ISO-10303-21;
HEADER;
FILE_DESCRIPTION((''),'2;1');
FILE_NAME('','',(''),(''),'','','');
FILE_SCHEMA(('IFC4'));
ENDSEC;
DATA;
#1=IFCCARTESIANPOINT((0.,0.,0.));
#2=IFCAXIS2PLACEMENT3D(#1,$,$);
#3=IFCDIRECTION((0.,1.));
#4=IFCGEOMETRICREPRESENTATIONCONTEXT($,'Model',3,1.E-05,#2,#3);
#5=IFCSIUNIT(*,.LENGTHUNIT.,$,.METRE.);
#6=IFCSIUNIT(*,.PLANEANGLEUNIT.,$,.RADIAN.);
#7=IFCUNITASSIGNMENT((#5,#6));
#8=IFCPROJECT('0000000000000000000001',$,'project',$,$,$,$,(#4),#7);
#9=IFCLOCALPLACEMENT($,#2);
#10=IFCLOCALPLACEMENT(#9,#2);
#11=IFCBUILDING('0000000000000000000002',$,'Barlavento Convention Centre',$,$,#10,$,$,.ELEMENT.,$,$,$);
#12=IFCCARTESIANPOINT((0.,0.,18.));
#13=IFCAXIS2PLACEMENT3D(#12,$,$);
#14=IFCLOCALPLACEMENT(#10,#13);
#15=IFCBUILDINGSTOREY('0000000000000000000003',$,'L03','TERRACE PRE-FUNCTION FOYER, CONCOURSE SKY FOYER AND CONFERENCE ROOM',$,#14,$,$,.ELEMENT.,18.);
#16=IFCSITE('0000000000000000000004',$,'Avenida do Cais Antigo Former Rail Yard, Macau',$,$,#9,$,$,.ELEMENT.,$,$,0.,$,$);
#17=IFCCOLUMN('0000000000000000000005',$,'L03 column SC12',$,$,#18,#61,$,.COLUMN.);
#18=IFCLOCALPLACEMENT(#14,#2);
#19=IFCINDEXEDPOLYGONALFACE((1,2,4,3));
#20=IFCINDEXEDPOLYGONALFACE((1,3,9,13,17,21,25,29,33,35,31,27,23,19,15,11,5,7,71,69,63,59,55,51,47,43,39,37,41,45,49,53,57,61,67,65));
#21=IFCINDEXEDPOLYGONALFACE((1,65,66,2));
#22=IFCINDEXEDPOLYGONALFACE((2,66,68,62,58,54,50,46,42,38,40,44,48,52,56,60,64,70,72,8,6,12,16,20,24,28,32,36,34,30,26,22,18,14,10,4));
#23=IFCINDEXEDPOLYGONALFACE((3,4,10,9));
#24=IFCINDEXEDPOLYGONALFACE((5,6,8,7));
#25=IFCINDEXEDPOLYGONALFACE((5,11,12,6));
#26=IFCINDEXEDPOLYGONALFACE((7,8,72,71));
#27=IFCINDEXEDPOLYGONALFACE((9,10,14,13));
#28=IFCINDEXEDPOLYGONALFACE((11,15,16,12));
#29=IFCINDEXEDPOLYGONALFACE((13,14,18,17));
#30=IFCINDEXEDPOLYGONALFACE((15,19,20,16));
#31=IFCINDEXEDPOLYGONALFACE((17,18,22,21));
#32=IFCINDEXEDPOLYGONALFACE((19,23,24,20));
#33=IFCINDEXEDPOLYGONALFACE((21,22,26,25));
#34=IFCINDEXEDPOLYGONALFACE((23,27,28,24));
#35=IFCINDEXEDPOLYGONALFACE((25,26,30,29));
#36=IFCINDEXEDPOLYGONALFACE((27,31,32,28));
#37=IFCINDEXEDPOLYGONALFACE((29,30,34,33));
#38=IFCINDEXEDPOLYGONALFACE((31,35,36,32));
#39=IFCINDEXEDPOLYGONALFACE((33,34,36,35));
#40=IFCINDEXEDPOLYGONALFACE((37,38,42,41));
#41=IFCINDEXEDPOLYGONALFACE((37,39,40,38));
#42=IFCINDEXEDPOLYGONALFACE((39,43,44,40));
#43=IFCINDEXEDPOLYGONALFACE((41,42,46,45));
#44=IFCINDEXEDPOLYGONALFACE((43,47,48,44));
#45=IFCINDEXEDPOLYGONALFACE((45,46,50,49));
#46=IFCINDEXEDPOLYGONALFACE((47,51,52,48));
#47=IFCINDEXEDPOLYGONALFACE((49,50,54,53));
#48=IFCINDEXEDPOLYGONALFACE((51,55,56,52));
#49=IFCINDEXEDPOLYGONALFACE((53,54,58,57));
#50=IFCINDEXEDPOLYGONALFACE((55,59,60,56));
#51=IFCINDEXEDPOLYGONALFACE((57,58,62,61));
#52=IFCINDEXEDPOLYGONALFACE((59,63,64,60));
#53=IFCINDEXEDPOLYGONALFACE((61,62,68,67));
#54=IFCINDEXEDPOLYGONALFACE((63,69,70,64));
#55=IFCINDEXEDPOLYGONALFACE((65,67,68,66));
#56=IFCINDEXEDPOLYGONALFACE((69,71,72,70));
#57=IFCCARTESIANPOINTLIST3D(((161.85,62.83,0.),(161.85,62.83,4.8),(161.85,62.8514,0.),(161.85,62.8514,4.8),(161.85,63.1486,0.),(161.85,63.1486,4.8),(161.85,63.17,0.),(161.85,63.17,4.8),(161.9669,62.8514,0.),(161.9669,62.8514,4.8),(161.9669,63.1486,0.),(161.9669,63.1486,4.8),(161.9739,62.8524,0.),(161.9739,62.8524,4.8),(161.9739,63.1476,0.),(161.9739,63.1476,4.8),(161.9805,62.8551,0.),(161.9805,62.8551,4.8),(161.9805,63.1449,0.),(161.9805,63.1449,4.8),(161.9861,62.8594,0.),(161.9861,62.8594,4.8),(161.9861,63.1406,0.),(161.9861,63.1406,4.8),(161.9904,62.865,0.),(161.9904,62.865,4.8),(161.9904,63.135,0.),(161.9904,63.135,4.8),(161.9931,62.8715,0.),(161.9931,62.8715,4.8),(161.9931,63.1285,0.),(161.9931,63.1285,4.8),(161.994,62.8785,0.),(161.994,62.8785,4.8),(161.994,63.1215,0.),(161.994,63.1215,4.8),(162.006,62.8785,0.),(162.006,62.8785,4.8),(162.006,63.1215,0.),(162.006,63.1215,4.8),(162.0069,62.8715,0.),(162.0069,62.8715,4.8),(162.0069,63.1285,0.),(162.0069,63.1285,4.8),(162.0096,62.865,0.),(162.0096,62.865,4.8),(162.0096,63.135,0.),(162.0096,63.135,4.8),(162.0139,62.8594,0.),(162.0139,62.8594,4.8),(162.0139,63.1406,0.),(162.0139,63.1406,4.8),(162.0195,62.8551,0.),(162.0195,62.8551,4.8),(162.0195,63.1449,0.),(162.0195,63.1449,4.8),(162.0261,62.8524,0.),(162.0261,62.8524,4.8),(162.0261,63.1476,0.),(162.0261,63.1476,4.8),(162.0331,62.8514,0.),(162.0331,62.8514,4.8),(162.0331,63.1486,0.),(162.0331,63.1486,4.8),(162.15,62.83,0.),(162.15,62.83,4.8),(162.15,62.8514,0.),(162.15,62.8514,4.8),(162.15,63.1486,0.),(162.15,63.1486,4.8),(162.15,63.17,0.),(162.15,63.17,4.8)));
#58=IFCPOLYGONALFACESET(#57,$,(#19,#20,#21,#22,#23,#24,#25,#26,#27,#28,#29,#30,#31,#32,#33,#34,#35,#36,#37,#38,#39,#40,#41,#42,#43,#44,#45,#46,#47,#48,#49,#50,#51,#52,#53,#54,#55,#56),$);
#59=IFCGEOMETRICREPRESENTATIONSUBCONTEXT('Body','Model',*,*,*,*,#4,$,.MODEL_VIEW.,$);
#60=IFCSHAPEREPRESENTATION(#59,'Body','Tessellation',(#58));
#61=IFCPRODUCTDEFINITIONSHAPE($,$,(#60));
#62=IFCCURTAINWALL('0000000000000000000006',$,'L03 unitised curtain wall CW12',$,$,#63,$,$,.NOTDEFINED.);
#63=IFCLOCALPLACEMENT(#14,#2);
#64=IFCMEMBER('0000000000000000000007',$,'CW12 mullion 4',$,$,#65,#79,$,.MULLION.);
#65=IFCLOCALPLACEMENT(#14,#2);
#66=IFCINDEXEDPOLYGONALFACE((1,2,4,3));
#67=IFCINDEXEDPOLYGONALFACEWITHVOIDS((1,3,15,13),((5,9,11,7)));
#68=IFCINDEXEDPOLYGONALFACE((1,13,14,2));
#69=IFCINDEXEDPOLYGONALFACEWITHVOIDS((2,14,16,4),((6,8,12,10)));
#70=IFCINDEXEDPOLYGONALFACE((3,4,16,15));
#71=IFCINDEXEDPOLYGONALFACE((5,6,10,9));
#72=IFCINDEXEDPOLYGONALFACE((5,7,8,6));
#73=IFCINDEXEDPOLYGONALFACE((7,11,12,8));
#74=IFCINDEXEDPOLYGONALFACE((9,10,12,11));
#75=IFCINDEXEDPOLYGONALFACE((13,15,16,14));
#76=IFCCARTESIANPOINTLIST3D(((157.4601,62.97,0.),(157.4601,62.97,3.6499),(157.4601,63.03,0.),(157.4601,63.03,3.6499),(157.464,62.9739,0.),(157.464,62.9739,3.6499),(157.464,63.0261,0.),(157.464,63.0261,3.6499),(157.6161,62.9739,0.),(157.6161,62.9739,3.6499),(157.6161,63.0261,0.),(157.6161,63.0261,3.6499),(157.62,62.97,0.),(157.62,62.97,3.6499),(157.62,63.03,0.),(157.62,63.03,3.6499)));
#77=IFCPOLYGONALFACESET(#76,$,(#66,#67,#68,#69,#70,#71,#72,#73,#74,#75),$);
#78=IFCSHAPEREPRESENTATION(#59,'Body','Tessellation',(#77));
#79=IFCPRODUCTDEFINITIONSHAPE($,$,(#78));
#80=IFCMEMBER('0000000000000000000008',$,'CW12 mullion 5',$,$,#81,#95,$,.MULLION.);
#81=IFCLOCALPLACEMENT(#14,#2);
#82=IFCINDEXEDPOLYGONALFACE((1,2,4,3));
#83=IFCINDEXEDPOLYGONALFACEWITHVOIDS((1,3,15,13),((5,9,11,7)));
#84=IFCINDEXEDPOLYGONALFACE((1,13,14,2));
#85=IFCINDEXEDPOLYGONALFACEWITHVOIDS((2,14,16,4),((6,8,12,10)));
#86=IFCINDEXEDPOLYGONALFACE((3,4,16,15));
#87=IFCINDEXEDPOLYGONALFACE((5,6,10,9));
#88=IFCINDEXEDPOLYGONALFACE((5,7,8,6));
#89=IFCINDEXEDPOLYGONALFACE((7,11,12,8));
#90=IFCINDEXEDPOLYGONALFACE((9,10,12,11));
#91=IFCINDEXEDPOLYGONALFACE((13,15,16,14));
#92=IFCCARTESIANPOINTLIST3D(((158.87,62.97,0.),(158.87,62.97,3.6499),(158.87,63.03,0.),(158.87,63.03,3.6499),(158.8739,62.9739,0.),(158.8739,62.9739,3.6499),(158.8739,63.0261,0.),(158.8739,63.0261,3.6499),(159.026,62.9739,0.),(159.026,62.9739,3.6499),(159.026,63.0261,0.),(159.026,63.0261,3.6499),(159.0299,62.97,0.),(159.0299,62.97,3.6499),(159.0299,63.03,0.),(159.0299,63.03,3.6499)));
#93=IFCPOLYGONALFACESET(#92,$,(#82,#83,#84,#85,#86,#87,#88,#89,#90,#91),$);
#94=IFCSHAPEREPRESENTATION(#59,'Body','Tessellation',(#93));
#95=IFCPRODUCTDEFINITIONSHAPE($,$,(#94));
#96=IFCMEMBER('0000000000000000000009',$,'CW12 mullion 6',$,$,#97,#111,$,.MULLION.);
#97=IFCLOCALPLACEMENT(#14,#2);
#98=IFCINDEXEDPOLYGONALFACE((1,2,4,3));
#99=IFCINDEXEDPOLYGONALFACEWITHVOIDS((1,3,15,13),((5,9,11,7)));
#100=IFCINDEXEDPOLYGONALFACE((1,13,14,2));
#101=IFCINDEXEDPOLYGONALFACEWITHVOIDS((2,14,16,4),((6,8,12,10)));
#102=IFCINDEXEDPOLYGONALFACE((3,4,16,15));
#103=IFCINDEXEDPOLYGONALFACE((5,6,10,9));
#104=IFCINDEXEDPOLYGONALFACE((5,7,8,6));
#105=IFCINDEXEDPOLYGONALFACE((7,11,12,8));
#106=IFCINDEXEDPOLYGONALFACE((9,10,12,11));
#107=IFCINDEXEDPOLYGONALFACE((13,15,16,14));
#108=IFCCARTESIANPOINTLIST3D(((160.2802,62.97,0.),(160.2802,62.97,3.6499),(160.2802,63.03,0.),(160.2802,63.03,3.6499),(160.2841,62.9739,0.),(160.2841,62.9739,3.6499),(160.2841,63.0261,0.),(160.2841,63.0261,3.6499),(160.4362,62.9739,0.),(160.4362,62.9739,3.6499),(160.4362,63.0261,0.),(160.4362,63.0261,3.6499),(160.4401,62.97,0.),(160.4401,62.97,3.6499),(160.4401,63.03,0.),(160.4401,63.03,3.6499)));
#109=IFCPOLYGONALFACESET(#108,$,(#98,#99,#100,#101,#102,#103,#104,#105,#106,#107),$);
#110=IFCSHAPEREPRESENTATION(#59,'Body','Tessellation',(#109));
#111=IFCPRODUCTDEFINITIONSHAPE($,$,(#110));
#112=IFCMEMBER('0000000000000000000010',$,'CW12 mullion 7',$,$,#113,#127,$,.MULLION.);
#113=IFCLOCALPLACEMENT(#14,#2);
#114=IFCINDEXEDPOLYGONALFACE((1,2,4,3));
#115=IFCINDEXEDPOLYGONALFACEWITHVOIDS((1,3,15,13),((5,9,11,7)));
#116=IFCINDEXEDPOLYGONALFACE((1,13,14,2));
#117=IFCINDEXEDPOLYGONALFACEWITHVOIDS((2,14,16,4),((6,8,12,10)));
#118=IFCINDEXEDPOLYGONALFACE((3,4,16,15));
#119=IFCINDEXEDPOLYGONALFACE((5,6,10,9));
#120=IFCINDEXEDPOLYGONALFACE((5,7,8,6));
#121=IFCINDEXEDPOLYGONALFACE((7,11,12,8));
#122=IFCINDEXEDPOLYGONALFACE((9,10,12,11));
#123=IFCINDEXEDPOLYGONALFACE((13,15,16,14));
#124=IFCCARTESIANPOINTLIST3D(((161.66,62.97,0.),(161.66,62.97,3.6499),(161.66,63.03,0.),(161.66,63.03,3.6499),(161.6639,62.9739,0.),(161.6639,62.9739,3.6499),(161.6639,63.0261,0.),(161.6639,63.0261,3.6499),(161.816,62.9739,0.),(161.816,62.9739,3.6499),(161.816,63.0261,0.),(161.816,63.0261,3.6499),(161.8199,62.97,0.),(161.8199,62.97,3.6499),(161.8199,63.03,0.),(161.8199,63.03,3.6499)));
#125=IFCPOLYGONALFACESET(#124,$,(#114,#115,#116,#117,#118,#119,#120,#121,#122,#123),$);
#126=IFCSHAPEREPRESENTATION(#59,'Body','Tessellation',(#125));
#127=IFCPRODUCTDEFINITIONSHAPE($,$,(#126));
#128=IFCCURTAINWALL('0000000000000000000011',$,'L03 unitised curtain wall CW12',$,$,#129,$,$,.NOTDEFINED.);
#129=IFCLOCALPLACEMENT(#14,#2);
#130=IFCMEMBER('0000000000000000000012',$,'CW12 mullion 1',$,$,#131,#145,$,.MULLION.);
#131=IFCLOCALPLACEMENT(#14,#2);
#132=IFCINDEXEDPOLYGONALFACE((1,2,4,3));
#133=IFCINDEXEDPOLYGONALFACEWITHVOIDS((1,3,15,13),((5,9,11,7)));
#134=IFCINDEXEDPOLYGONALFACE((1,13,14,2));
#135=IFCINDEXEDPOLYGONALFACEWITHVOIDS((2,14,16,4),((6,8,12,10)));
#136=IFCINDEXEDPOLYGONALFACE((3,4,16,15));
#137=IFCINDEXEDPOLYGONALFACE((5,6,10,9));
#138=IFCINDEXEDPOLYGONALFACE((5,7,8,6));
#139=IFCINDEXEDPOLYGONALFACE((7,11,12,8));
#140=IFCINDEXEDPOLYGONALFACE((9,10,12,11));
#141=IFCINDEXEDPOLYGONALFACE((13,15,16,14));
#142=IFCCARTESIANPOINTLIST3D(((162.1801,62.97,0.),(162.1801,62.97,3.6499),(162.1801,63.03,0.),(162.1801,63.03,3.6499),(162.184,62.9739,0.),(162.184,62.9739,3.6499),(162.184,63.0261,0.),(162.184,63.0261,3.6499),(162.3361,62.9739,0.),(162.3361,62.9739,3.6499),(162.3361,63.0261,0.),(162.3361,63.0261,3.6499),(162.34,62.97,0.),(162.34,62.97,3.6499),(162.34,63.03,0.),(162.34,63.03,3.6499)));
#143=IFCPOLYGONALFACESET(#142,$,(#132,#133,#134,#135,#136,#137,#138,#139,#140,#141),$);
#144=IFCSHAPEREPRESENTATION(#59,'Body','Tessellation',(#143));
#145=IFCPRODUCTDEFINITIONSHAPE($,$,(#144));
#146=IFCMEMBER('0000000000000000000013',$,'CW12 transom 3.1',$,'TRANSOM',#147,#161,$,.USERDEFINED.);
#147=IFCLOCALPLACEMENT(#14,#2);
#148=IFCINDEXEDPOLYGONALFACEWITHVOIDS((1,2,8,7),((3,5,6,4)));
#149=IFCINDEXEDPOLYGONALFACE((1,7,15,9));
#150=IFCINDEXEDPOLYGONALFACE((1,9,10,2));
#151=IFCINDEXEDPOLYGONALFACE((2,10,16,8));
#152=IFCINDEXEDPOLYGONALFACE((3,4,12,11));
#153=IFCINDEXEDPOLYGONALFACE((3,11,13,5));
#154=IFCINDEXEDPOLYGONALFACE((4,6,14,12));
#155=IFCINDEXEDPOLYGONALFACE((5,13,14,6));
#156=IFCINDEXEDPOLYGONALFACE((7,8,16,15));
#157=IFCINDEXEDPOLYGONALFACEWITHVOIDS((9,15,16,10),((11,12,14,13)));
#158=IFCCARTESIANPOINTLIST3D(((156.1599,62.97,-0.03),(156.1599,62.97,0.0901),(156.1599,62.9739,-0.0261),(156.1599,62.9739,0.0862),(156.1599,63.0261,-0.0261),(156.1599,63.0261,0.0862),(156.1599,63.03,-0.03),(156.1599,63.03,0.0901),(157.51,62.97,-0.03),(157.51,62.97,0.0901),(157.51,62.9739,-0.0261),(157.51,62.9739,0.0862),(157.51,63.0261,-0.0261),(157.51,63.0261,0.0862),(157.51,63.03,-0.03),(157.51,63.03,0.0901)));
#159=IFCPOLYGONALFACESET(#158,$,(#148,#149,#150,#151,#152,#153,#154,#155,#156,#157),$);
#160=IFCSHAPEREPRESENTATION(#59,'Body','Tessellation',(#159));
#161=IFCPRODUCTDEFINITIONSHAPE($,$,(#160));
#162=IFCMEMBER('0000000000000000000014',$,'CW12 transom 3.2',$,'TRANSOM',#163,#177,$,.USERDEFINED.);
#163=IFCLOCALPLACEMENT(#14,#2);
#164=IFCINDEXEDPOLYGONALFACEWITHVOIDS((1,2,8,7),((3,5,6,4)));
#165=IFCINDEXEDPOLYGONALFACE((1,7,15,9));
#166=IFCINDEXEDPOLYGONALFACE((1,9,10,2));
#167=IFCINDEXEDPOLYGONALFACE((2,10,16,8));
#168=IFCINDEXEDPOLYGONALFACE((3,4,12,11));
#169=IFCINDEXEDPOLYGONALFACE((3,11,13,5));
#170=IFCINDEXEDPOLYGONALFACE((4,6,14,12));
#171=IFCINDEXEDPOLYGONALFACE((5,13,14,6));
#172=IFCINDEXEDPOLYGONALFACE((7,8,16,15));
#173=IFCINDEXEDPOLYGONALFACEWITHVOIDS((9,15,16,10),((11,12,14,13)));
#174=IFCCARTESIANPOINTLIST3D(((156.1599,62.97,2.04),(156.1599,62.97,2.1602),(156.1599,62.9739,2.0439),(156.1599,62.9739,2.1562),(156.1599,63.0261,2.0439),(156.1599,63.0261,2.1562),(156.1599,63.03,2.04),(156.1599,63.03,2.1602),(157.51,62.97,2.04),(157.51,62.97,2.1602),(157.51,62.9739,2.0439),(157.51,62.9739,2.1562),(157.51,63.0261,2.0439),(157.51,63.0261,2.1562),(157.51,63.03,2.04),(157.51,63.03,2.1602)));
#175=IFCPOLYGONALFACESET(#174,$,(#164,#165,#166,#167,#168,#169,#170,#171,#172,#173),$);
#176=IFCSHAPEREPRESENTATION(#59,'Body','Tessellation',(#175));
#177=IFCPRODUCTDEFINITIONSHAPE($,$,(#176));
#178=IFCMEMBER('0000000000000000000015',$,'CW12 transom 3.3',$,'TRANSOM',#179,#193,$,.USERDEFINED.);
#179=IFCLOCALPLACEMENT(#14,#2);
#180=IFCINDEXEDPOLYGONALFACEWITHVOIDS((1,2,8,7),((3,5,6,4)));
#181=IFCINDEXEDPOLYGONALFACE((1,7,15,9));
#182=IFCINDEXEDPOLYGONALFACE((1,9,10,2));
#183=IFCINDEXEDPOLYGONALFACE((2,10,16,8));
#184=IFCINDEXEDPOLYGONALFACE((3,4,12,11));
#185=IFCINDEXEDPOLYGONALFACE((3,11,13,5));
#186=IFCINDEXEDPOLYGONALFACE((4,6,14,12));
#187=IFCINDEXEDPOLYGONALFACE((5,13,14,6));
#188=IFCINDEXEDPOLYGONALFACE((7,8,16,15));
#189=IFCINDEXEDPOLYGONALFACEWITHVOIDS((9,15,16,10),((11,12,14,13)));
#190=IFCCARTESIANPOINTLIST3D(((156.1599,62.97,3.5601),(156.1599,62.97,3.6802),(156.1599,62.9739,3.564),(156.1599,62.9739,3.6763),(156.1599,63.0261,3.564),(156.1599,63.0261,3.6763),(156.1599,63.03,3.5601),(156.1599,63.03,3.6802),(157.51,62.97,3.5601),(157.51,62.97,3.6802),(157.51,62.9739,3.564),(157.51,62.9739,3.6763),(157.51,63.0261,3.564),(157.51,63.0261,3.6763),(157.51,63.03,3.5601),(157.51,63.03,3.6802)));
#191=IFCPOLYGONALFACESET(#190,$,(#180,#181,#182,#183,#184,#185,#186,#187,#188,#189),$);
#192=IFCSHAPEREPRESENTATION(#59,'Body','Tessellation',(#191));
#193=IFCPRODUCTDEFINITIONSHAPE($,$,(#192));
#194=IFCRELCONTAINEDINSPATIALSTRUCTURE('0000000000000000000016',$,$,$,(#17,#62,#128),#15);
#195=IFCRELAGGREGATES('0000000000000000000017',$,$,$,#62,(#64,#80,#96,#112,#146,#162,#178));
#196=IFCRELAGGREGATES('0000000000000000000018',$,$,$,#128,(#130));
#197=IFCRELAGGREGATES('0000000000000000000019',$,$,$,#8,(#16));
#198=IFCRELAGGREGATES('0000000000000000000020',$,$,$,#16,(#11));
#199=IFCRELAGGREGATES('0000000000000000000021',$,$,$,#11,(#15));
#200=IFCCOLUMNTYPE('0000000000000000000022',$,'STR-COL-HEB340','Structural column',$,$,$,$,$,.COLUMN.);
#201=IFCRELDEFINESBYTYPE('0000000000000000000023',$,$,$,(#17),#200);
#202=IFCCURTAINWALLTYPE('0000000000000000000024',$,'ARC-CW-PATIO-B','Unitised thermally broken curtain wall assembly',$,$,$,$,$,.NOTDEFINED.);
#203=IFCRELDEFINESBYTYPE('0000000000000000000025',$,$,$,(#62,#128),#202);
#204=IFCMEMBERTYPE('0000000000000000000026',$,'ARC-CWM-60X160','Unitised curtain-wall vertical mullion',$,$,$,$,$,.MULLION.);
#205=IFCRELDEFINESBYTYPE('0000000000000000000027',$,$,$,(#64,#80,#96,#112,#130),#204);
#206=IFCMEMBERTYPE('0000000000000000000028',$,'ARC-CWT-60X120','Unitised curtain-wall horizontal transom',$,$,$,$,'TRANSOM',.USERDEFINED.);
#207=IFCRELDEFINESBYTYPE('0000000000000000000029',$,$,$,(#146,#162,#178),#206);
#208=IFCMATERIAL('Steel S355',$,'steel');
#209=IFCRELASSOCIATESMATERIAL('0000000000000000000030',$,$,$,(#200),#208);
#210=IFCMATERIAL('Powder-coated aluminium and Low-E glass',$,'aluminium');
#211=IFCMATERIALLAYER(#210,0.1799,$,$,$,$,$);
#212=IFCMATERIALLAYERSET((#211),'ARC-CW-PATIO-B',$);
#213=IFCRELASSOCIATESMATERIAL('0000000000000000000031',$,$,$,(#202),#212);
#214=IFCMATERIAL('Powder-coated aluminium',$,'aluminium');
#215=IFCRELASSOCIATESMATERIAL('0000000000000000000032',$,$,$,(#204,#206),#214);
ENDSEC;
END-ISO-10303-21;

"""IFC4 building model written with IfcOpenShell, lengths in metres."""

from ifc_helpers import new_model, si_unit, direction, frame, origin, origin_2d, place, context, subcontext, project, spatial, hollow_rectangle, i_section, extrude, material, layer, layer_set, material_profile, profile_set, type_object, element, aggregate, save


model = new_model("IFC4")

# Units and contexts
model_context = context("Model", 3, precision=1e-05, world=origin(), true_north=direction((0.0, 1.0)))
body_context = subcontext(model_context, "Body", "Model", "MODEL_VIEW")
ifc_project = project(units=[si_unit("LENGTHUNIT", "METRE"), si_unit("PLANEANGLEUNIT", "RADIAN")], contexts=[model_context])

# Site, building, storey
site_placement = place(None, origin())
site = spatial("IfcSite", under=ifc_project, at=site_placement, Name="Avenida do Cais Antigo Former Rail Yard, Macau", CompositionType="ELEMENT", RefElevation=0.0)
building_placement = place(site_placement, origin())
building = spatial("IfcBuilding", under=site, at=building_placement, Name="Barlavento Convention Centre", CompositionType="ELEMENT")
storey_placement = place(building_placement, frame((0.0, 0.0, 18.0)))
storey = spatial("IfcBuildingStorey", under=building, at=storey_placement, Name="L03", Description="TERRACE PRE-FUNCTION FOYER, CONCOURSE SKY FOYER AND CONFERENCE ROOM", CompositionType="ELEMENT", Elevation=18.0)

# Column
ifc_material_1 = material(Name="Steel S355", Category="steel")
ifc_material_profile_1 = material_profile(ifc_material_1, i_section(OverallWidth=0.3, OverallDepth=0.3401, WebThickness=0.012, FlangeThickness=0.0215, FilletRadius=0.0271, at=origin_2d()), Name="HEB 340")
ifc_profile_set_1 = profile_set([ifc_material_profile_1], Name="Steel S355")
column_type = type_object("IfcColumnType", Name="STR-COL-HEB340", Description="Structural column", PredefinedType="COLUMN", material=ifc_profile_set_1)
column_placement = place(storey_placement, frame((162.0, 63.0, 0.0), z_axis=(0.0, 0.0, 1.0), x_axis=(1.0, 0.0, 0.0)))
element("IfcColumn", 1, at=column_placement, inside=storey, type_object=column_type, Name="L03 column SC12", PredefinedType="COLUMN", context=body_context, shape_type="SweptSolid", body=[
    extrude(i_section(OverallWidth=0.3, OverallDepth=0.3401, WebThickness=0.012, FlangeThickness=0.0215, FilletRadius=0.0271, at=origin_2d()), origin(), (0.0, 0.0, 1.0), 4.8),
])

# Curtain wall, members
ifc_material_2 = material(Name="Powder-coated aluminium and Low-E glass", Category="aluminium")
ifc_layer_1 = layer(ifc_material_2, 0.1799)
ifc_layer_set_1 = layer_set([ifc_layer_1], Name="ARC-CW-PATIO-B")
curtain_wall_type = type_object("IfcCurtainWallType", Name="ARC-CW-PATIO-B", Description="Unitised thermally broken curtain wall assembly", PredefinedType="NOTDEFINED", material=ifc_layer_set_1)
curtain_wall_1_placement = place(storey_placement, origin())
curtain_wall_1 = element("IfcCurtainWall", 2, at=curtain_wall_1_placement, inside=storey, type_object=curtain_wall_type, Name="L03 unitised curtain wall CW12", PredefinedType="NOTDEFINED")
ifc_material_3 = material(Name="Powder-coated aluminium", Category="aluminium")
ifc_material_profile_2 = material_profile(ifc_material_3, hollow_rectangle(XDim=0.0601, YDim=0.1599, WallThickness=0.0039, at=origin_2d()), Name="AL-MULL 60x160x4")
ifc_profile_set_2 = profile_set([ifc_material_profile_2], Name="Powder-coated aluminium")
member_type_1 = type_object("IfcMemberType", Name="ARC-CWM-60X160", Description="Unitised curtain-wall vertical mullion", PredefinedType="MULLION", material=ifc_profile_set_2)
member_1_placement = place(storey_placement, frame((157.54, 63.0, 0.0), z_axis=(0.0, 0.0, 1.0), x_axis=(0.0, 1.0, 0.0)))
member_1 = element("IfcMember", 3, at=member_1_placement, type_object=member_type_1, Name="CW12 mullion 4", PredefinedType="MULLION", context=body_context, shape_type="SweptSolid", body=[
    extrude(hollow_rectangle(XDim=0.0601, YDim=0.1599, WallThickness=0.0039, at=origin_2d()), origin(), (0.0, 0.0, 1.0), 3.6499),
])
member_2_placement = place(storey_placement, frame((158.95, 63.0, 0.0), z_axis=(0.0, 0.0, 1.0), x_axis=(0.0, 1.0, 0.0)))
member_2 = element("IfcMember", 4, at=member_2_placement, type_object=member_type_1, Name="CW12 mullion 5", PredefinedType="MULLION", context=body_context, shape_type="SweptSolid", body=[
    extrude(hollow_rectangle(XDim=0.0601, YDim=0.1599, WallThickness=0.0039, at=origin_2d()), origin(), (0.0, 0.0, 1.0), 3.6499),
])
member_3_placement = place(storey_placement, frame((160.3601, 63.0, 0.0), z_axis=(0.0, 0.0, 1.0), x_axis=(0.0, 1.0, 0.0)))
member_3 = element("IfcMember", 5, at=member_3_placement, type_object=member_type_1, Name="CW12 mullion 6", PredefinedType="MULLION", context=body_context, shape_type="SweptSolid", body=[
    extrude(hollow_rectangle(XDim=0.0601, YDim=0.1599, WallThickness=0.0039, at=origin_2d()), origin(), (0.0, 0.0, 1.0), 3.6499),
])
member_4_placement = place(storey_placement, frame((161.74, 63.0, 0.0), z_axis=(0.0, 0.0, 1.0), x_axis=(0.0, 1.0, 0.0)))
member_4 = element("IfcMember", 6, at=member_4_placement, type_object=member_type_1, Name="CW12 mullion 7", PredefinedType="MULLION", context=body_context, shape_type="SweptSolid", body=[
    extrude(hollow_rectangle(XDim=0.0601, YDim=0.1599, WallThickness=0.0039, at=origin_2d()), origin(), (0.0, 0.0, 1.0), 3.6499),
])

# Curtain wall, member
curtain_wall_2_placement = place(storey_placement, origin())
curtain_wall_2 = element("IfcCurtainWall", 7, at=curtain_wall_2_placement, inside=storey, type_object=curtain_wall_type, Name="L03 unitised curtain wall CW12", PredefinedType="NOTDEFINED")
member_5_placement = place(storey_placement, frame((162.26, 63.0, 0.0), z_axis=(0.0, 0.0, 1.0), x_axis=(0.0, 1.0, 0.0)))
member_5 = element("IfcMember", 8, at=member_5_placement, type_object=member_type_1, Name="CW12 mullion 1", PredefinedType="MULLION", context=body_context, shape_type="SweptSolid", body=[
    extrude(hollow_rectangle(XDim=0.0601, YDim=0.1599, WallThickness=0.0039, at=origin_2d()), origin(), (0.0, 0.0, 1.0), 3.6499),
])

# Members
ifc_material_profile_3 = material_profile(ifc_material_3, hollow_rectangle(XDim=0.0601, YDim=0.1201, WallThickness=0.0039, at=origin_2d()), Name="AL-TRAN 60x120x4")
ifc_profile_set_3 = profile_set([ifc_material_profile_3], Name="Powder-coated aluminium")
member_type_2 = type_object("IfcMemberType", Name="ARC-CWT-60X120", Description="Unitised curtain-wall horizontal transom", ElementType="TRANSOM", PredefinedType="USERDEFINED", material=ifc_profile_set_3)
member_6_placement = place(storey_placement, frame((156.1599, 63.0, 0.03), z_axis=(1.0, 0.0, 0.0), x_axis=(0.0, 1.0, 0.0)))
member_6 = element("IfcMember", 9, at=member_6_placement, type_object=member_type_2, Name="CW12 transom 3.1", ObjectType="TRANSOM", PredefinedType="USERDEFINED", context=body_context, shape_type="SweptSolid", body=[
    extrude(hollow_rectangle(XDim=0.0601, YDim=0.1201, WallThickness=0.0039, at=origin_2d()), origin(), (0.0, 0.0, 1.0), 1.3501),
])
member_7_placement = place(storey_placement, frame((156.1599, 63.0, 2.1001), z_axis=(1.0, 0.0, 0.0), x_axis=(0.0, 1.0, 0.0)))
member_7 = element("IfcMember", 10, at=member_7_placement, type_object=member_type_2, Name="CW12 transom 3.2", ObjectType="TRANSOM", PredefinedType="USERDEFINED", context=body_context, shape_type="SweptSolid", body=[
    extrude(hollow_rectangle(XDim=0.0601, YDim=0.1201, WallThickness=0.0039, at=origin_2d()), origin(), (0.0, 0.0, 1.0), 1.3501),
])
member_8_placement = place(storey_placement, frame((156.1599, 63.0, 3.6201), z_axis=(1.0, 0.0, 0.0), x_axis=(0.0, 1.0, 0.0)))
member_8 = element("IfcMember", 11, at=member_8_placement, type_object=member_type_2, Name="CW12 transom 3.3", ObjectType="TRANSOM", PredefinedType="USERDEFINED", context=body_context, shape_type="SweptSolid", body=[
    extrude(hollow_rectangle(XDim=0.0601, YDim=0.1201, WallThickness=0.0039, at=origin_2d()), origin(), (0.0, 0.0, 1.0), 1.3501),
])

aggregate(curtain_wall_1, [member_1, member_2, member_3, member_4, member_6, member_7, member_8])
aggregate(curtain_wall_2, [member_5])

save(model, "model.ifc")
